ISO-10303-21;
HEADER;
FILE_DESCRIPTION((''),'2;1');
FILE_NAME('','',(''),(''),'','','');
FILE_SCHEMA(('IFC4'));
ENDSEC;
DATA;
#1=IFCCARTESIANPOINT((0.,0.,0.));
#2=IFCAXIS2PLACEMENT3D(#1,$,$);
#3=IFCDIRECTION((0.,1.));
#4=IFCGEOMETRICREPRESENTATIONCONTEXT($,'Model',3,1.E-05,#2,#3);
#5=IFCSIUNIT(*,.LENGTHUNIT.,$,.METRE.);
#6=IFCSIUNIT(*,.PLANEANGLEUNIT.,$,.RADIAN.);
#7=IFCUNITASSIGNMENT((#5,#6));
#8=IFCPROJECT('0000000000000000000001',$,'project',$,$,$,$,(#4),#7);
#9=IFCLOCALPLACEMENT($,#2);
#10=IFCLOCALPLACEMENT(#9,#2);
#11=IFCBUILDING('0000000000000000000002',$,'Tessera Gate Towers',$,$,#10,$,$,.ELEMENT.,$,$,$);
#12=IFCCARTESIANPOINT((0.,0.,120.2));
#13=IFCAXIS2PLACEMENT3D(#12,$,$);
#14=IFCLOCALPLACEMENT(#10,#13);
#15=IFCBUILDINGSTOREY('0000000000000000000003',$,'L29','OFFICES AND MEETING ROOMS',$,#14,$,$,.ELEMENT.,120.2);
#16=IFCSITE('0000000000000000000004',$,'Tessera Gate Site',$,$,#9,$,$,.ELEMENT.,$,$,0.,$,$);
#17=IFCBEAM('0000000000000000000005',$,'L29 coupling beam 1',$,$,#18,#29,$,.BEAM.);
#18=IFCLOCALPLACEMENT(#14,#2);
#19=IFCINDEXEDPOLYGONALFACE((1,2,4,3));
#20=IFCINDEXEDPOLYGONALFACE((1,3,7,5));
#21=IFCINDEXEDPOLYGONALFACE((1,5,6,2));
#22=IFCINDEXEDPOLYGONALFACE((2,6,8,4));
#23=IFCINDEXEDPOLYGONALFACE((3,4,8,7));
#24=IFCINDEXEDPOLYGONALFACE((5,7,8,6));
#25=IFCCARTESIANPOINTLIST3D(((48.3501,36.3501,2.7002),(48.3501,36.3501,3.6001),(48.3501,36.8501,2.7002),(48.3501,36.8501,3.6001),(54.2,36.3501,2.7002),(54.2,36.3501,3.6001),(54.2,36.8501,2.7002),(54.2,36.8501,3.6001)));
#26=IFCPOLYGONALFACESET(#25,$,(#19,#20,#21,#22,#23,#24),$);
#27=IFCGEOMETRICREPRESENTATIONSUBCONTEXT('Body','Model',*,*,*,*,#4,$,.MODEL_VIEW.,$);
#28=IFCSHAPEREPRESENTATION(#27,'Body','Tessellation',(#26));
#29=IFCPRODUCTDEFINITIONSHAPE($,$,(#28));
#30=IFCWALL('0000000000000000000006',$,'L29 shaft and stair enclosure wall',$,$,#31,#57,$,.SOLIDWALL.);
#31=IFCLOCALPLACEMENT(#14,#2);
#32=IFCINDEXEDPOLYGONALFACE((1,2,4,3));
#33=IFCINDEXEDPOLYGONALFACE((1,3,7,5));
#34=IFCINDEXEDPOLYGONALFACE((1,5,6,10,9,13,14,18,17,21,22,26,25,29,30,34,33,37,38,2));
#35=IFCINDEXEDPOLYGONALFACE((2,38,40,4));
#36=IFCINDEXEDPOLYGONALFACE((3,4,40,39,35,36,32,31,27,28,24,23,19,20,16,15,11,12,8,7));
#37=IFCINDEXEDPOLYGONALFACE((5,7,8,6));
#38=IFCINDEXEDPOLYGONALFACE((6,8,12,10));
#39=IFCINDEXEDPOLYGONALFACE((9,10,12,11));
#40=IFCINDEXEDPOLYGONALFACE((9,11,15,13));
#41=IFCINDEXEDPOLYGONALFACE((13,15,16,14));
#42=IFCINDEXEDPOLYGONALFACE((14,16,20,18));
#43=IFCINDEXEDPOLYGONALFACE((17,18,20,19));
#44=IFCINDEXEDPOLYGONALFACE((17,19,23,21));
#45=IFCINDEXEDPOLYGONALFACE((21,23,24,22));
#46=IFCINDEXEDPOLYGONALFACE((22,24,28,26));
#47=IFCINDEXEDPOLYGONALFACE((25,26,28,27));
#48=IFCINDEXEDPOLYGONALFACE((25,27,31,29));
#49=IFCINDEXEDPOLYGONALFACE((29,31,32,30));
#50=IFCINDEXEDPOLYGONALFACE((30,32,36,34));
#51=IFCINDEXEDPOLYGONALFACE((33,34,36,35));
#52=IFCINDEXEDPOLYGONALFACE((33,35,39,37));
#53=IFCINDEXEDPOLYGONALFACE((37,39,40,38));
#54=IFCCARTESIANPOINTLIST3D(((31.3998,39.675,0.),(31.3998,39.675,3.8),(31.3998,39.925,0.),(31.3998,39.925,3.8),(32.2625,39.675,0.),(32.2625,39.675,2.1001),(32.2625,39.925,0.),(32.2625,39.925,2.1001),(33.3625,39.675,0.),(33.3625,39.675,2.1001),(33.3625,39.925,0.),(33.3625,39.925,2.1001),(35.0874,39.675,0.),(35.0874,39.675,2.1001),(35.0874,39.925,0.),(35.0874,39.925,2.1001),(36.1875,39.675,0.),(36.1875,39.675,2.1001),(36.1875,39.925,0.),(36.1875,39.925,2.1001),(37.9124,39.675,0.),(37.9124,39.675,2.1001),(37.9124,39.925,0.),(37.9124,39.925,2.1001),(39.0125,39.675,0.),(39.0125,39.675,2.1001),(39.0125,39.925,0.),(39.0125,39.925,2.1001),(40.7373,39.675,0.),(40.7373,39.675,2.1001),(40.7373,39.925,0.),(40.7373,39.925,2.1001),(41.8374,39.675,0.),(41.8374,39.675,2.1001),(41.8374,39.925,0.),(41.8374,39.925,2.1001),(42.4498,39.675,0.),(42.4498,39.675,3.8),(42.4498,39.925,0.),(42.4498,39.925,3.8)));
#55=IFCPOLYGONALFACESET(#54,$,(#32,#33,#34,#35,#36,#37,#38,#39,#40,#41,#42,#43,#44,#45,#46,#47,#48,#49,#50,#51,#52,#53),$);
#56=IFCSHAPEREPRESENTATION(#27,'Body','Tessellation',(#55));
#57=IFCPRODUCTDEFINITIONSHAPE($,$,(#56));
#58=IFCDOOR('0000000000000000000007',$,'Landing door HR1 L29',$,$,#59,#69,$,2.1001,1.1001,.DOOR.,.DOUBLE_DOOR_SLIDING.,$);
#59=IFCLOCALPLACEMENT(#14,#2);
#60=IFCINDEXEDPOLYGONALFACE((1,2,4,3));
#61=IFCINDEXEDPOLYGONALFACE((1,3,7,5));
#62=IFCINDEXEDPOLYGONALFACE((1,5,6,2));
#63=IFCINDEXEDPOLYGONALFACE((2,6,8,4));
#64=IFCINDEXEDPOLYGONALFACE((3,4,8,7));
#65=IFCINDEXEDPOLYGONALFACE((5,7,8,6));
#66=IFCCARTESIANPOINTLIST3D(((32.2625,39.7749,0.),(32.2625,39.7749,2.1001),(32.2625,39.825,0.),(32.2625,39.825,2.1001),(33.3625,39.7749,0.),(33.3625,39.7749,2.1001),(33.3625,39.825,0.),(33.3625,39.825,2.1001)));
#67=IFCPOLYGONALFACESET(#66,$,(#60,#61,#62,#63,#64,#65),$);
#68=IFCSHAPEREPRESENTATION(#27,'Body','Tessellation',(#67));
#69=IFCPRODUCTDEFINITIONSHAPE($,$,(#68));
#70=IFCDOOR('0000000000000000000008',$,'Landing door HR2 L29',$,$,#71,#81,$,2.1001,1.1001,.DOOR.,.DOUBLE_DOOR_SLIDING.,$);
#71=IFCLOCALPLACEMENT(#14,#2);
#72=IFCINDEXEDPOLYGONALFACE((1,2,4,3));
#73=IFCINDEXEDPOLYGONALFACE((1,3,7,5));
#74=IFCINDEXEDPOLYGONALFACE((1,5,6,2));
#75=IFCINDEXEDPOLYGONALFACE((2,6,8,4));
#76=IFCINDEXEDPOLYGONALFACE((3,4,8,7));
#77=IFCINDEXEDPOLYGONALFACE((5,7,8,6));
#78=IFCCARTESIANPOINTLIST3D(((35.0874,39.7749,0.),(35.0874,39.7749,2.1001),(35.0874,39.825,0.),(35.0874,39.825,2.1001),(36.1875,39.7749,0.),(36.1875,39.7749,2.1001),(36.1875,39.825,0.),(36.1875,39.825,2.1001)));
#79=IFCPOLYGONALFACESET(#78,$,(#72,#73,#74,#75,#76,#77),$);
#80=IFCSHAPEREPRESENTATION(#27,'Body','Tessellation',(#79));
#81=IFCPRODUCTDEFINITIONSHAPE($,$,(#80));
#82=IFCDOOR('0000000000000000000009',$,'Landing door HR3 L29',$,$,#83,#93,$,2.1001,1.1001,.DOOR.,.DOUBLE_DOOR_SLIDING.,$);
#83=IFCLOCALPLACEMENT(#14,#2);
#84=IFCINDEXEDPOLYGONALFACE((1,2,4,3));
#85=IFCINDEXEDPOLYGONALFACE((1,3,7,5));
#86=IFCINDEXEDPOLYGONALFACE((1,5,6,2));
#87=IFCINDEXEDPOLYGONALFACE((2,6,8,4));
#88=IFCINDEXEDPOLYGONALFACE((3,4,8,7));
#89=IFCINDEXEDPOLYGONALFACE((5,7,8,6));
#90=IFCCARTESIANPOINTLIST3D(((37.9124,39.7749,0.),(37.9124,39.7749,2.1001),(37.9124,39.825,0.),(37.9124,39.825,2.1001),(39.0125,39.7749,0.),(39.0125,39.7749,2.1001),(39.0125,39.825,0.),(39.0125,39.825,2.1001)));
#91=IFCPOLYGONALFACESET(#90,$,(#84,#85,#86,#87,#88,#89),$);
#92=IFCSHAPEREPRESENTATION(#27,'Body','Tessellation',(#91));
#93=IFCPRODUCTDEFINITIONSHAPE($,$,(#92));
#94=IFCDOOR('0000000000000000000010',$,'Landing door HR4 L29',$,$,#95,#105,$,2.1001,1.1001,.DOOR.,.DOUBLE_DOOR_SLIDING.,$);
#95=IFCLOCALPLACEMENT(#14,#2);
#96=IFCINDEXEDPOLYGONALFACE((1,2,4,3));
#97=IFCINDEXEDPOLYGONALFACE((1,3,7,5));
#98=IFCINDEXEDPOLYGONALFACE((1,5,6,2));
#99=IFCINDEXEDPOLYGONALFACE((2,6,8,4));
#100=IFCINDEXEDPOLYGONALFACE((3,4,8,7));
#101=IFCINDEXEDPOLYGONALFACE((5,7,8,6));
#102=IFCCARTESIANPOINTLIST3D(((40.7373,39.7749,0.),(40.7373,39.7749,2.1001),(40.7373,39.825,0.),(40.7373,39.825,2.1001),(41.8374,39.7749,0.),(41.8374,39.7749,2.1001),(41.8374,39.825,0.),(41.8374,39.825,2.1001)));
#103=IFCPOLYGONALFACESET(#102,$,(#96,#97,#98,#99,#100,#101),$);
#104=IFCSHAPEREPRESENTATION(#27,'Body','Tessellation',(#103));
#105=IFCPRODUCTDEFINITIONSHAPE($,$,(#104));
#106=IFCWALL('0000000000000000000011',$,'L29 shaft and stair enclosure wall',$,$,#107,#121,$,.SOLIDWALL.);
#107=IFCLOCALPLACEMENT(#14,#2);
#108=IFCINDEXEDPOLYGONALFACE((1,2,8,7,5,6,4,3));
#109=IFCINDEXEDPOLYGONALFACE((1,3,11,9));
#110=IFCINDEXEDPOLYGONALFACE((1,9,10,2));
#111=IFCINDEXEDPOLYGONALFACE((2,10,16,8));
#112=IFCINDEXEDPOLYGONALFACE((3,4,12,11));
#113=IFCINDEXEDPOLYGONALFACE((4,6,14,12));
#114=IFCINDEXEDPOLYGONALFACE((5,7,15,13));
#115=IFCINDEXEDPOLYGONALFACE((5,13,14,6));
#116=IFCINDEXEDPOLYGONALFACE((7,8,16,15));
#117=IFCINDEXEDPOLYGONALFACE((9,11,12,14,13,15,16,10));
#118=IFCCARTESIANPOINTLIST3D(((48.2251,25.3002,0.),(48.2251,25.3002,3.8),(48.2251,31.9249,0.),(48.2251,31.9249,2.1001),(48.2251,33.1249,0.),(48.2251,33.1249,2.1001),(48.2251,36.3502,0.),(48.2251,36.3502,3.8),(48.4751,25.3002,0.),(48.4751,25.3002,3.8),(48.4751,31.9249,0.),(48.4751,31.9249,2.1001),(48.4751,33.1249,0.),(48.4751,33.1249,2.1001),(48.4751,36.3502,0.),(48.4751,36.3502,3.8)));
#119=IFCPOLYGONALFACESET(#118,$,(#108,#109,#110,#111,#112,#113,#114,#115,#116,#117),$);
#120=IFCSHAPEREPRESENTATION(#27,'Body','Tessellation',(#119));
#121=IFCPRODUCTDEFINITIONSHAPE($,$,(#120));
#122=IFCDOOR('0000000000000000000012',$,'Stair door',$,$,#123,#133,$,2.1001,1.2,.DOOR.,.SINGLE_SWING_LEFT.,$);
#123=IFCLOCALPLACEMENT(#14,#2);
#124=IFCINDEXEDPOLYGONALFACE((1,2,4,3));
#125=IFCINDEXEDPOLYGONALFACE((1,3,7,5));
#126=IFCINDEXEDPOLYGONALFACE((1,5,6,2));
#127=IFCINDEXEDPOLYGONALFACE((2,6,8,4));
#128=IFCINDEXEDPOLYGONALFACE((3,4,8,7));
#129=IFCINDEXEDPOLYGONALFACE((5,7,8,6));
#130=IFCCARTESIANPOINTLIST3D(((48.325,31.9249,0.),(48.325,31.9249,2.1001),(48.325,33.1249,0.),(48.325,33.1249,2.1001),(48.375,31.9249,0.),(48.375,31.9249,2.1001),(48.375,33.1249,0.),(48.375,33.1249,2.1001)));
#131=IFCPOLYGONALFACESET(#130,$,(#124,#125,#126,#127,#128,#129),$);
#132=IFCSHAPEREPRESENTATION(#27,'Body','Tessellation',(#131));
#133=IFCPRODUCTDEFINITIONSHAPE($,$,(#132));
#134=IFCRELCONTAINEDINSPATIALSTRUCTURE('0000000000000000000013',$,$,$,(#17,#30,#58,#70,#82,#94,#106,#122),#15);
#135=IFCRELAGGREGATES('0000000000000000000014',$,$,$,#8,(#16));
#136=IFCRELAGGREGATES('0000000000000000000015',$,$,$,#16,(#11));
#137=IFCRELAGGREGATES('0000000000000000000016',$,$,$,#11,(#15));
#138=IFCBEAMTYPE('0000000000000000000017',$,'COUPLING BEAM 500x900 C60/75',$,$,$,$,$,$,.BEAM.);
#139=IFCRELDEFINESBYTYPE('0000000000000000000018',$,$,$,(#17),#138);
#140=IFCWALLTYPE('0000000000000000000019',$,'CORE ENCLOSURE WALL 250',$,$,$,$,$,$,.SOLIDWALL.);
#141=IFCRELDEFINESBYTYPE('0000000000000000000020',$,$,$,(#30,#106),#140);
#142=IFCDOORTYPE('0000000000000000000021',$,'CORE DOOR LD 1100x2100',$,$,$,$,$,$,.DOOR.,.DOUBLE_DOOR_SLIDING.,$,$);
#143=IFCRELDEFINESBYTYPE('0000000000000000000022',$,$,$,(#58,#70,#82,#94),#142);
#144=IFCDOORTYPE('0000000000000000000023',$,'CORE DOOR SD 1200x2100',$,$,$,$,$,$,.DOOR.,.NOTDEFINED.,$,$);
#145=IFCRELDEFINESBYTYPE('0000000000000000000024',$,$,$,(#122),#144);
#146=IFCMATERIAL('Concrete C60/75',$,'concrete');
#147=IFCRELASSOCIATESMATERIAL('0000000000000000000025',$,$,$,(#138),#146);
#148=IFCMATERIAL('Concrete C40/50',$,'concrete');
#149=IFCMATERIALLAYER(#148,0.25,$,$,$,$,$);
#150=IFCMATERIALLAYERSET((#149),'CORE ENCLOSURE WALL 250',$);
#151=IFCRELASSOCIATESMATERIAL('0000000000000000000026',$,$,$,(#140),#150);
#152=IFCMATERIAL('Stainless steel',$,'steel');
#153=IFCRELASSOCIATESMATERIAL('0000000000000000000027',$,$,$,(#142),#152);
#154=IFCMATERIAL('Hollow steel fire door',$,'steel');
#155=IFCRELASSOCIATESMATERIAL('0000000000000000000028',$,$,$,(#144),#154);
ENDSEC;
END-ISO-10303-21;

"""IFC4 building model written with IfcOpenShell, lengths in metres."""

from ifc_helpers import new_model, si_unit, direction, frame, frame_2d, origin, origin_2d, place, context, subcontext, project, spatial, rectangle, extrude, source, transform, mapped, material, layer, layer_set, material_profile, profile_set, type_object, element, fill, save


model = new_model("IFC4")

# Units and contexts
model_context = context("Model", 3, precision=1e-05, world=origin(), true_north=direction((0.0, 1.0)))
body_context = subcontext(model_context, "Body", "Model", "MODEL_VIEW")
ifc_project = project(units=[si_unit("LENGTHUNIT", "METRE"), si_unit("PLANEANGLEUNIT", "RADIAN")], contexts=[model_context])

# Site, building, storey
site_placement = place(None, origin())
site = spatial("IfcSite", under=ifc_project, at=site_placement, Name="Tessera Gate Site", CompositionType="ELEMENT", RefElevation=0.0)
building_placement = place(site_placement, origin())
building = spatial("IfcBuilding", under=site, at=building_placement, Name="Tessera Gate Towers", CompositionType="ELEMENT")
storey_placement = place(building_placement, frame((0.0, 0.0, 120.2)))
storey = spatial("IfcBuildingStorey", under=building, at=storey_placement, Name="L29", Description="OFFICES AND MEETING ROOMS", CompositionType="ELEMENT", Elevation=120.2)

# Beam
ifc_material_1 = material(Name="Concrete C60/75", Category="concrete")
ifc_material_profile = material_profile(ifc_material_1, rectangle(XDim=0.5, YDim=0.8999, at=origin_2d()), Name="RC 500x900")
ifc_profile_set = profile_set([ifc_material_profile], Name="Concrete C60/75")
beam_type = type_object("IfcBeamType", Name="COUPLING BEAM 500x900 C60/75", PredefinedType="BEAM", material=ifc_profile_set)
beam_placement = place(storey_placement, frame((48.3501, 36.6001, 3.1501), z_axis=(1.0, 0.0, 0.0), x_axis=(0.0, 1.0, 0.0)))
element("IfcBeam", 1, at=beam_placement, inside=storey, type_object=beam_type, Name="L29 coupling beam 1", PredefinedType="BEAM", context=body_context, shape_type="SweptSolid", body=[
    extrude(rectangle(XDim=0.5, YDim=0.8999, at=origin_2d()), origin(), (0.0, 0.0, 1.0), 5.8499),
])

# Wall, openings, doors
ifc_material_2 = material(Name="Concrete C40/50", Category="concrete")
ifc_layer_1 = layer(ifc_material_2, 0.25)
ifc_layer_set_1 = layer_set([ifc_layer_1], Name="CORE ENCLOSURE WALL 250")
wall_type_1 = type_object("IfcWallType", Name="CORE ENCLOSURE WALL 250", PredefinedType="SOLIDWALL", material=ifc_layer_set_1)
wall_1_placement = place(storey_placement, frame((31.3999, 39.8, 0.0), z_axis=(0.0, 0.0, 1.0), x_axis=(1.0, 0.0, 0.0)))
wall_1 = element("IfcWall", 2, at=wall_1_placement, inside=storey, type_object=wall_type_1, Name="L29 shaft and stair enclosure wall", PredefinedType="SOLIDWALL", context=body_context, shape_type="SweptSolid", body=[
    extrude(rectangle(XDim=11.05, YDim=0.25, at=frame_2d((5.5249, 0.0))), origin(), (0.0, 0.0, 1.0), 3.8),
])
shared_shape_1 = source(origin(), body_context, "Body", "SweptSolid", [
    extrude(rectangle(XDim=1.1001, YDim=2.1001, at=frame_2d((0.55, 1.05))), frame((0.0, 0.135, 0.0), z_axis=(0.0, -1.0, 0.0), x_axis=(1.0, 0.0, 0.0)), (0.0, 0.0, 1.0), 0.27),
])
opening_1_placement = place(wall_1_placement, frame((0.8625, 0.0, 0.0)))
opening_1 = element("IfcOpeningElement", 3, at=opening_1_placement, cuts=wall_1, PredefinedType="OPENING", context=body_context, shape_type="MappedRepresentation", body=[
    mapped(shared_shape_1, transform((0.0, 0.0, 0.0), scale=1.0)),
])
opening_2_placement = place(wall_1_placement, frame((3.6875, 0.0, 0.0)))
opening_2 = element("IfcOpeningElement", 4, at=opening_2_placement, cuts=wall_1, PredefinedType="OPENING", context=body_context, shape_type="MappedRepresentation", body=[
    mapped(shared_shape_1, transform((0.0, 0.0, 0.0), scale=1.0)),
])
opening_3_placement = place(wall_1_placement, frame((6.5125, 0.0, 0.0)))
opening_3 = element("IfcOpeningElement", 5, at=opening_3_placement, cuts=wall_1, PredefinedType="OPENING", context=body_context, shape_type="MappedRepresentation", body=[
    mapped(shared_shape_1, transform((0.0, 0.0, 0.0), scale=1.0)),
])
opening_4_placement = place(wall_1_placement, frame((9.3374, 0.0, 0.0)))
opening_4 = element("IfcOpeningElement", 6, at=opening_4_placement, cuts=wall_1, PredefinedType="OPENING", context=body_context, shape_type="MappedRepresentation", body=[
    mapped(shared_shape_1, transform((0.0, 0.0, 0.0), scale=1.0)),
])
ifc_material_3 = material(Name="Stainless steel", Category="steel")
door_type_1 = type_object("IfcDoorType", Name="CORE DOOR LD 1100x2100", OperationType="DOUBLE_DOOR_SLIDING", PredefinedType="DOOR", material=ifc_material_3)
shared_shape_2 = source(origin(), body_context, "Body", "SweptSolid", [
    extrude(rectangle(XDim=1.1001, YDim=2.1001, at=frame_2d((0.55, 1.05))), frame((0.0, 0.0249, 0.0), z_axis=(0.0, -1.0, 0.0), x_axis=(1.0, 0.0, 0.0)), (0.0, 0.0, 1.0), 0.05),
])
door_1_placement = place(opening_1_placement, origin())
door_1 = element("IfcDoor", 7, at=door_1_placement, inside=storey, type_object=door_type_1, Name="Landing door HR1 L29", OperationType="DOUBLE_DOOR_SLIDING", OverallHeight=2.1001, OverallWidth=1.1001, PredefinedType="DOOR", context=body_context, shape_type="MappedRepresentation", body=[
    mapped(shared_shape_2, transform((0.0, 0.0, 0.0), scale=1.0)),
])
fill(opening_1, door_1)
door_2_placement = place(opening_2_placement, origin())
door_2 = element("IfcDoor", 8, at=door_2_placement, inside=storey, type_object=door_type_1, Name="Landing door HR2 L29", OperationType="DOUBLE_DOOR_SLIDING", OverallHeight=2.1001, OverallWidth=1.1001, PredefinedType="DOOR", context=body_context, shape_type="MappedRepresentation", body=[
    mapped(shared_shape_2, transform((0.0, 0.0, 0.0), scale=1.0)),
])
fill(opening_2, door_2)
door_3_placement = place(opening_3_placement, origin())
door_3 = element("IfcDoor", 9, at=door_3_placement, inside=storey, type_object=door_type_1, Name="Landing door HR3 L29", OperationType="DOUBLE_DOOR_SLIDING", OverallHeight=2.1001, OverallWidth=1.1001, PredefinedType="DOOR", context=body_context, shape_type="MappedRepresentation", body=[
    mapped(shared_shape_2, transform((0.0, 0.0, 0.0), scale=1.0)),
])
fill(opening_3, door_3)
door_4_placement = place(opening_4_placement, origin())
door_4 = element("IfcDoor", 10, at=door_4_placement, inside=storey, type_object=door_type_1, Name="Landing door HR4 L29", OperationType="DOUBLE_DOOR_SLIDING", OverallHeight=2.1001, OverallWidth=1.1001, PredefinedType="DOOR", context=body_context, shape_type="MappedRepresentation", body=[
    mapped(shared_shape_2, transform((0.0, 0.0, 0.0), scale=1.0)),
])
fill(opening_4, door_4)

# Wall, opening, door
wall_2_placement = place(storey_placement, frame((48.3501, 36.3501, 0.0), z_axis=(0.0, 0.0, 1.0), x_axis=(0.0, -1.0, 0.0)))
wall_2 = element("IfcWall", 11, at=wall_2_placement, inside=storey, type_object=wall_type_1, Name="L29 shaft and stair enclosure wall", PredefinedType="SOLIDWALL", context=body_context, shape_type="SweptSolid", body=[
    extrude(rectangle(XDim=11.05, YDim=0.25, at=frame_2d((5.5249, 0.0))), origin(), (0.0, 0.0, 1.0), 3.8),
])
shared_shape_3 = source(origin(), body_context, "Body", "SweptSolid", [
    extrude(rectangle(XDim=1.2, YDim=2.1001, at=frame_2d((0.6001, 1.05))), frame((0.0, 0.135, 0.0), z_axis=(0.0, -1.0, 0.0), x_axis=(1.0, 0.0, 0.0)), (0.0, 0.0, 1.0), 0.27),
])
opening_5_placement = place(wall_2_placement, frame((3.2251, 0.0, 0.0)))
opening_5 = element("IfcOpeningElement", 12, at=opening_5_placement, cuts=wall_2, PredefinedType="OPENING", context=body_context, shape_type="MappedRepresentation", body=[
    mapped(shared_shape_3, transform((0.0, 0.0, 0.0), scale=1.0)),
])
ifc_material_4 = material(Name="Hollow steel fire door", Category="steel")
door_type_2 = type_object("IfcDoorType", Name="CORE DOOR SD 1200x2100", OperationType="NOTDEFINED", PredefinedType="DOOR", material=ifc_material_4)
shared_shape_4 = source(origin(), body_context, "Body", "SweptSolid", [
    extrude(rectangle(XDim=1.2, YDim=2.1001, at=frame_2d((0.6001, 1.05))), frame((0.0, 0.0249, 0.0), z_axis=(0.0, -1.0, 0.0), x_axis=(1.0, 0.0, 0.0)), (0.0, 0.0, 1.0), 0.05),
])
door_5_placement = place(opening_5_placement, origin())
door_5 = element("IfcDoor", 13, at=door_5_placement, inside=storey, type_object=door_type_2, Name="Stair door", OperationType="SINGLE_SWING_LEFT", OverallHeight=2.1001, OverallWidth=1.2, PredefinedType="DOOR", context=body_context, shape_type="MappedRepresentation", body=[
    mapped(shared_shape_4, transform((0.0, 0.0, 0.0), scale=1.0)),
])
fill(opening_5, door_5)

save(model, "model.ifc")
